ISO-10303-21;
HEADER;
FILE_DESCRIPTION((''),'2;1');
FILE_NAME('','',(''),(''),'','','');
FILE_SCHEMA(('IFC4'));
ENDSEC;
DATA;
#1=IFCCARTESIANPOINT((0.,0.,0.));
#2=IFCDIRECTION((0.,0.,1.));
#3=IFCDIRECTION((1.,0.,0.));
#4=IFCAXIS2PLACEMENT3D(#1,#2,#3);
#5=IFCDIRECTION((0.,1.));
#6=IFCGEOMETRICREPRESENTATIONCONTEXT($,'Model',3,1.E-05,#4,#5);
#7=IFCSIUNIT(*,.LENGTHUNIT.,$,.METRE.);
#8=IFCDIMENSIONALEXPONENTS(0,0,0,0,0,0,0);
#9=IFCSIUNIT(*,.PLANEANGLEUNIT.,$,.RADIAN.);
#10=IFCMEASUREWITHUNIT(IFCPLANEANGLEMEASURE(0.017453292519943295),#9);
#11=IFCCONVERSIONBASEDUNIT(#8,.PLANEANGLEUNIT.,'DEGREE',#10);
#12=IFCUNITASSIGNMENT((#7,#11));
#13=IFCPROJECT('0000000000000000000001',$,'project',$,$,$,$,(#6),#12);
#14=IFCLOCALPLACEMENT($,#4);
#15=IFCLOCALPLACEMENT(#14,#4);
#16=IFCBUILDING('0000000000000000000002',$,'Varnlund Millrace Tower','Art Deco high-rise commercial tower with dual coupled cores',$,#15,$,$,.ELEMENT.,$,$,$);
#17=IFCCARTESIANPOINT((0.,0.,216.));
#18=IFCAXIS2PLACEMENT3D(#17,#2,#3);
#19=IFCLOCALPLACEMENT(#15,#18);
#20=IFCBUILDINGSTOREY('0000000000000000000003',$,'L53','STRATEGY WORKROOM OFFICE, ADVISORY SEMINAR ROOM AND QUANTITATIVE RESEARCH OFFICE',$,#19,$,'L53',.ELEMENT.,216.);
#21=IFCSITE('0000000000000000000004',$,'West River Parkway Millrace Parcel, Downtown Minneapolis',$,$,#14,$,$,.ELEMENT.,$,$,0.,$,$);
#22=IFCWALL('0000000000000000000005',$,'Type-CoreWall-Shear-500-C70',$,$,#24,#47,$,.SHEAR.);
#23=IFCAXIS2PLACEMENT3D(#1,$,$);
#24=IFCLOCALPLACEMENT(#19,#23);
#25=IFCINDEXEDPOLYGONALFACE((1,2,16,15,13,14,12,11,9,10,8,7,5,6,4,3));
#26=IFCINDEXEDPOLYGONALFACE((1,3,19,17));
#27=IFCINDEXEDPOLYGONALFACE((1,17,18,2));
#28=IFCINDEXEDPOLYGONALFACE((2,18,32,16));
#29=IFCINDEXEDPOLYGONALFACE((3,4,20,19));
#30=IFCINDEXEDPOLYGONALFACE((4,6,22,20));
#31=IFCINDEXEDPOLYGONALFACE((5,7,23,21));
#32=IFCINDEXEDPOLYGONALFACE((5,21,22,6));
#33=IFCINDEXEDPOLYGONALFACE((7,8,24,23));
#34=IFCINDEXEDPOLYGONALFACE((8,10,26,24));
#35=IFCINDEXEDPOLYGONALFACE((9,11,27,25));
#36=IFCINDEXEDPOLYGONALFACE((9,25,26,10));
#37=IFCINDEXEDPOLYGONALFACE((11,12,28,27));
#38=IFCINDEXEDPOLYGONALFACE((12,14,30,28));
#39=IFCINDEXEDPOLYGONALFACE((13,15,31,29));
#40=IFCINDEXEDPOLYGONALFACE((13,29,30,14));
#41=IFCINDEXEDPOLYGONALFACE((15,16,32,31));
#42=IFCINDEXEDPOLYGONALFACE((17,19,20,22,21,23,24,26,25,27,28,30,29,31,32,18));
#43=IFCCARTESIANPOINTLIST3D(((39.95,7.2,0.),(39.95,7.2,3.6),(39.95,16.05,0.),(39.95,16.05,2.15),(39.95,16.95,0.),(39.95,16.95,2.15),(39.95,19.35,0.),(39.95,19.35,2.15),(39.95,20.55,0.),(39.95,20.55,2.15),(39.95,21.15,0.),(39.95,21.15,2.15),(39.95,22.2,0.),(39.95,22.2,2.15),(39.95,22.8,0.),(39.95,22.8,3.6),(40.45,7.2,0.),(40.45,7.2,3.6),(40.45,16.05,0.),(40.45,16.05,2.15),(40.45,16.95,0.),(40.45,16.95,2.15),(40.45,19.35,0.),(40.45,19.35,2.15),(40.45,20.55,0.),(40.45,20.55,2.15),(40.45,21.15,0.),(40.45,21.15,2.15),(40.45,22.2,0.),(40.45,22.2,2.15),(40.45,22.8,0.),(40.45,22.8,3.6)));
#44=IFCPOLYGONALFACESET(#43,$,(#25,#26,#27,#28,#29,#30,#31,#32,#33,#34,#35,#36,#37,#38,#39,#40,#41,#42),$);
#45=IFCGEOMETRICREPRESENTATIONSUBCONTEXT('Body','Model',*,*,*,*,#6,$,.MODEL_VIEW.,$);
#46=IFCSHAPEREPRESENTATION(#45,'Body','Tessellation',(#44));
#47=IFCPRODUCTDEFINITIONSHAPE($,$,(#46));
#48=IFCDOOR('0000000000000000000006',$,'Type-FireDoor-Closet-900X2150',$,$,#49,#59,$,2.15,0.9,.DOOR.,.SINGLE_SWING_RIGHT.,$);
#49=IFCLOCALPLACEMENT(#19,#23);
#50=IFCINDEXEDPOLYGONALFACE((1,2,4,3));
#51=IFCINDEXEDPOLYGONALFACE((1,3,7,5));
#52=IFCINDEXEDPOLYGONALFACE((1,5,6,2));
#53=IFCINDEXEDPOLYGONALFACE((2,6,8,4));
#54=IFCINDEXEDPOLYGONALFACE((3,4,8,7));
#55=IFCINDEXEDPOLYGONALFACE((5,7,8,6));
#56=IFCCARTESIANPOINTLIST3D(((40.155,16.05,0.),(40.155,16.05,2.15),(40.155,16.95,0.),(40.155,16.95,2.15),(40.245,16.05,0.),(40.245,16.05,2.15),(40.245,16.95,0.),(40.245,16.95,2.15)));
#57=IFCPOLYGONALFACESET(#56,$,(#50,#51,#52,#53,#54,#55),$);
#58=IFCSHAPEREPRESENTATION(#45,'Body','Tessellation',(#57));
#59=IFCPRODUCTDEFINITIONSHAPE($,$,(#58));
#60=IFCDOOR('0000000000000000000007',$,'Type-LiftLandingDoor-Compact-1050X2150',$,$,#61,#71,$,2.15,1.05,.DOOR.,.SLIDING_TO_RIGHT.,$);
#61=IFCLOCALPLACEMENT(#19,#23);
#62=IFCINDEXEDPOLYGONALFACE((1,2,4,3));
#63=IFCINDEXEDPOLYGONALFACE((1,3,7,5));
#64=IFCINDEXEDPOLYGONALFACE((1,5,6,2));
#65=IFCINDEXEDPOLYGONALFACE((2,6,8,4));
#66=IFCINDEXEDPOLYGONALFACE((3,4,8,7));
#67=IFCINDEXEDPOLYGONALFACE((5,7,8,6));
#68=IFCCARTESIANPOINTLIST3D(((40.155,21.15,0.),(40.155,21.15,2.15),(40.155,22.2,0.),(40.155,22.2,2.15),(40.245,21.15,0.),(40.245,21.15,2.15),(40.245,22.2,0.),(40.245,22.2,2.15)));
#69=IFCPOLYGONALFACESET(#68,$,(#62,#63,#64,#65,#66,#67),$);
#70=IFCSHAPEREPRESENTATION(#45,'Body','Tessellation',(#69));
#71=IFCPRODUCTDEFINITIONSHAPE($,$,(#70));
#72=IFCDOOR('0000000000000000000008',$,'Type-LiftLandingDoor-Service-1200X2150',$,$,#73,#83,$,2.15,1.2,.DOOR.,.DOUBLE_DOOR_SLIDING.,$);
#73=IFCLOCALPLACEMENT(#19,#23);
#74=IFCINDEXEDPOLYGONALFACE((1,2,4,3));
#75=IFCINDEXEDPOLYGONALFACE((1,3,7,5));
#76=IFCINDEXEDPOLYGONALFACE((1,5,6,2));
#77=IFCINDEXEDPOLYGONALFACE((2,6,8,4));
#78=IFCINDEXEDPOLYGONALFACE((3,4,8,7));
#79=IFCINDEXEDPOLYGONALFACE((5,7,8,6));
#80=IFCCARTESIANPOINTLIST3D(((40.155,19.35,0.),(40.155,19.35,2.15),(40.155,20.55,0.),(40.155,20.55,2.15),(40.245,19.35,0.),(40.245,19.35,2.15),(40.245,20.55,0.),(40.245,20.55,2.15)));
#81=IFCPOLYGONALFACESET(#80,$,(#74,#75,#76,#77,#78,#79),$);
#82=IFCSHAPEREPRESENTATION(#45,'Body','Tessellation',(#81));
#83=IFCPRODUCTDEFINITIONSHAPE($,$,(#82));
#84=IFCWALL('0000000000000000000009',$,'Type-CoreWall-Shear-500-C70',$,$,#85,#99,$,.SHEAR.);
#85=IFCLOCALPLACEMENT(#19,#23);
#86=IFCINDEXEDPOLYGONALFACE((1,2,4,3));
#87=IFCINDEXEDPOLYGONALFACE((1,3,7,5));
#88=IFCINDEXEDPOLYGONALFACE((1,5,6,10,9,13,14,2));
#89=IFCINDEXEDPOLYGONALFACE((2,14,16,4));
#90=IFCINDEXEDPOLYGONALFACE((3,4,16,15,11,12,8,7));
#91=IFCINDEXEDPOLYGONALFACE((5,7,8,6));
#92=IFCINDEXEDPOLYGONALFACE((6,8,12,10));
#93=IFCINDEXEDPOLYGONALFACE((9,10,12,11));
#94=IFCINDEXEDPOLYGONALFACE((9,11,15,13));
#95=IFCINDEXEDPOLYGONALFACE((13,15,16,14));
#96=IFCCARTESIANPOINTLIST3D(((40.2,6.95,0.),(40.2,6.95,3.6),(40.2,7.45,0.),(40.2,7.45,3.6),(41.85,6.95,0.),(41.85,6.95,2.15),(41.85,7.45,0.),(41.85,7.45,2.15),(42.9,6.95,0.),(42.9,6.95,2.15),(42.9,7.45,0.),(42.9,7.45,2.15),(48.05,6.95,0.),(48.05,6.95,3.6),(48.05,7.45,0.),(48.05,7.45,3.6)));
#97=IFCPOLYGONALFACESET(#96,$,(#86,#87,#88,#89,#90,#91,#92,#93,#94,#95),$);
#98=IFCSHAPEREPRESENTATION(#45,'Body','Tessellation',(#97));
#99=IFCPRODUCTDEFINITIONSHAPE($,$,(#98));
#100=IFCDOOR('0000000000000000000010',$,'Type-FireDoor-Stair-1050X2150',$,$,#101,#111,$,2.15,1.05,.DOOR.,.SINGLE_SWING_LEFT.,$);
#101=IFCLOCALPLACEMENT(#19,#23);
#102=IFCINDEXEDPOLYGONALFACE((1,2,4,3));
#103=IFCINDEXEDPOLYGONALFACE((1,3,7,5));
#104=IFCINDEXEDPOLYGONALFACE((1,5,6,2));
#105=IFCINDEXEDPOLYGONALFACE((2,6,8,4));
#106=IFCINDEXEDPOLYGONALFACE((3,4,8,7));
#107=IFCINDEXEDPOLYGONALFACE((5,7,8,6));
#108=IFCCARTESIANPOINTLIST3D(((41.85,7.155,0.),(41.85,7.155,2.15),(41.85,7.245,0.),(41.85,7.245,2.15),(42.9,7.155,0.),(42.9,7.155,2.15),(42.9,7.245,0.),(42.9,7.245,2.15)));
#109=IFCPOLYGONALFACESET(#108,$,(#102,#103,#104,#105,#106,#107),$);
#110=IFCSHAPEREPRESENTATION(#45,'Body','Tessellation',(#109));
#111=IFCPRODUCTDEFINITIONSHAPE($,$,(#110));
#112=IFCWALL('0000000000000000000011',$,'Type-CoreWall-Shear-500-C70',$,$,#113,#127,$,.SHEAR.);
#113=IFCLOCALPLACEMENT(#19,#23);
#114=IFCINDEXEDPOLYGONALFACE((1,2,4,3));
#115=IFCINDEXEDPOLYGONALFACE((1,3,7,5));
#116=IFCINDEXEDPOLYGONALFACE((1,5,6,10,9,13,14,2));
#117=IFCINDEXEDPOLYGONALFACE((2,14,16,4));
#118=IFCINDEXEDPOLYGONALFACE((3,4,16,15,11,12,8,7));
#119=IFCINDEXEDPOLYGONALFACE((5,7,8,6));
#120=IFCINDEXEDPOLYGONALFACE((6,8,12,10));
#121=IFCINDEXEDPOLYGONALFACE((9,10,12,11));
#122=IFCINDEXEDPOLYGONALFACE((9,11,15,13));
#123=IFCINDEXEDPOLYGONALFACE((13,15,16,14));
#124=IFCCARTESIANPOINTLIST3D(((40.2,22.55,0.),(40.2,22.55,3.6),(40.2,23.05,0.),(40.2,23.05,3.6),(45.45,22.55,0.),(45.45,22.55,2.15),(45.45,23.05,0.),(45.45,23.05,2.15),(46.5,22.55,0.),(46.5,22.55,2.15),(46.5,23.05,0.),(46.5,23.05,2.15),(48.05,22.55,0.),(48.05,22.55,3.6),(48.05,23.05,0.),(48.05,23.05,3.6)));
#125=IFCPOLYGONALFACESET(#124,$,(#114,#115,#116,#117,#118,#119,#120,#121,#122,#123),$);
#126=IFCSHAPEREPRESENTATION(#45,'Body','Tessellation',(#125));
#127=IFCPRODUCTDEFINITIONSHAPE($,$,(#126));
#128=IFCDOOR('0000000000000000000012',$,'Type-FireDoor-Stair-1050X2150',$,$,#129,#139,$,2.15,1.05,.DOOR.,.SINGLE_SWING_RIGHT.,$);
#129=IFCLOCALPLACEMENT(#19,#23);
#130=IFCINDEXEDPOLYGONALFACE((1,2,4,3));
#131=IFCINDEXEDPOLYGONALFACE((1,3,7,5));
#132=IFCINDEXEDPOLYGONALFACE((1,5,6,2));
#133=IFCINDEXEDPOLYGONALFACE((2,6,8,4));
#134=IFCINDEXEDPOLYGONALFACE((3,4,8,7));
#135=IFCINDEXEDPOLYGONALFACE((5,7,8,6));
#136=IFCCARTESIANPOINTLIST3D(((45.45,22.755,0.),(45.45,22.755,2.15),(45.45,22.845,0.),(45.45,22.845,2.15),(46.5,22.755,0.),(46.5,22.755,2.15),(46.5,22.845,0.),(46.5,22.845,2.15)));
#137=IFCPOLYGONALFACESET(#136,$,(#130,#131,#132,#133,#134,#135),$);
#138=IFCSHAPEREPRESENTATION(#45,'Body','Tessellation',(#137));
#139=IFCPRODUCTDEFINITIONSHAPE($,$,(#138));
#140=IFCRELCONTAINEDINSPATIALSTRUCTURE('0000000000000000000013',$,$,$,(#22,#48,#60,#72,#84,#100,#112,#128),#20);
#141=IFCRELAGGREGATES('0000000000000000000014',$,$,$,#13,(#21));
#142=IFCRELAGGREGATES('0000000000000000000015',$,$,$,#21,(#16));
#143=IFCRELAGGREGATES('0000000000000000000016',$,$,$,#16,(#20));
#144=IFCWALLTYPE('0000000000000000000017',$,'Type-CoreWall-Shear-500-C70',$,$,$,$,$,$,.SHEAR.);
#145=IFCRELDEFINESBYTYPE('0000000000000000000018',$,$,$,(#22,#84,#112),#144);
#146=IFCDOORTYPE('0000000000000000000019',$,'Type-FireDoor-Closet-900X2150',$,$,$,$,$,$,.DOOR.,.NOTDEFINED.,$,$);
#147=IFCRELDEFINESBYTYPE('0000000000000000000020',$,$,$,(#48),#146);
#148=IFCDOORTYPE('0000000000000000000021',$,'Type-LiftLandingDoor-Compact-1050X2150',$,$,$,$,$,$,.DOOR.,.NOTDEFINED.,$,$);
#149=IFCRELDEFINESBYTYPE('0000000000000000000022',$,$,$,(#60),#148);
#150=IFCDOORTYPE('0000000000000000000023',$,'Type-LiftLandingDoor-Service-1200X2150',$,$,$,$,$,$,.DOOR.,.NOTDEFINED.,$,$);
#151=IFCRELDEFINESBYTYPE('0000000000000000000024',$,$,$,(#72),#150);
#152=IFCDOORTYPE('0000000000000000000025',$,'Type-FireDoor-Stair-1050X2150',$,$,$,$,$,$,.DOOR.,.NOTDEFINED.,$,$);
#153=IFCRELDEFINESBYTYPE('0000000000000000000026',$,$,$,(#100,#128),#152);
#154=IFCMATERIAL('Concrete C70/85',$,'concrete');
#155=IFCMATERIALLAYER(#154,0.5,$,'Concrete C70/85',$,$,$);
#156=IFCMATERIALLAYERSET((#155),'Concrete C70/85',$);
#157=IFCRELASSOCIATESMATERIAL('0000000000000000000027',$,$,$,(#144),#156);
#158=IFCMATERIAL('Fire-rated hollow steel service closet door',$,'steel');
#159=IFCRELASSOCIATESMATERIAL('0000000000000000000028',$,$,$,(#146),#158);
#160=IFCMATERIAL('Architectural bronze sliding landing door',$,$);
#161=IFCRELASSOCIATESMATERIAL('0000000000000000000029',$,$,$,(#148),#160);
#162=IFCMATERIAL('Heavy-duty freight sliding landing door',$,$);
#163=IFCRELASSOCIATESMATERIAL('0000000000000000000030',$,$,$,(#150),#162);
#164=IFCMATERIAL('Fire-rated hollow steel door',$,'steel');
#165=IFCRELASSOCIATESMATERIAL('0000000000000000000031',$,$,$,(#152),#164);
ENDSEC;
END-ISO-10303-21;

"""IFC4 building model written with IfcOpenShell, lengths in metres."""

from ifc_helpers import new_model, entity, si_unit, converted_unit, direction, frame, origin_with_axes, origin_2d_with_axis, place, context, subcontext, project, spatial, polyline, rectangle, outline, extrude, material, layer, layer_set, type_object, element, fill, save


model = new_model("IFC4")

# Units and contexts
model_context = context("Model", 3, precision=1e-05, world=origin_with_axes(), true_north=direction((0.0, 1.0)))
body_context = subcontext(model_context, "Body", "Model", "MODEL_VIEW")
ifc_project = project(units=[si_unit("LENGTHUNIT", "METRE"), converted_unit("PLANEANGLEUNIT", "DEGREE", entity("IfcPlaneAngleMeasure", 0.017453292519943295), si_unit("PLANEANGLEUNIT", "RADIAN"), dimensions=[0, 0, 0, 0, 0, 0, 0])], contexts=[model_context])

# Site, building, storey
site_placement = place(None, origin_with_axes())
site = spatial("IfcSite", under=ifc_project, at=site_placement, Name="West River Parkway Millrace Parcel, Downtown Minneapolis", CompositionType="ELEMENT", RefElevation=0.0)
building_placement = place(site_placement, origin_with_axes())
building = spatial("IfcBuilding", under=site, at=building_placement, Name="Varnlund Millrace Tower", Description="Art Deco high-rise commercial tower with dual coupled cores", CompositionType="ELEMENT")
storey_placement = place(building_placement, frame((0.0, 0.0, 216.0), z_axis=(0.0, 0.0, 1.0), x_axis=(1.0, 0.0, 0.0)))
storey = spatial("IfcBuildingStorey", under=building, at=storey_placement, Name="L53", Description="STRATEGY WORKROOM OFFICE, ADVISORY SEMINAR ROOM AND QUANTITATIVE RESEARCH OFFICE", LongName="L53", CompositionType="ELEMENT", Elevation=216.0)

# Wall, openings, doors
ifc_material_1 = material(Name="Concrete C70/85", Category="concrete")
ifc_layer_1 = layer(ifc_material_1, 0.5, Name="Concrete C70/85")
ifc_layer_set_1 = layer_set([ifc_layer_1], Name="Concrete C70/85")
wall_type_1 = type_object("IfcWallType", Name="Type-CoreWall-Shear-500-C70", PredefinedType="SHEAR", material=ifc_layer_set_1)
wall_1_placement = place(storey_placement, frame((40.2, 7.2, 0.0), z_axis=(0.0, 0.0, 1.0), x_axis=(0.0, 1.0, 0.0)))
wall_1 = element("IfcWall", 1, at=wall_1_placement, inside=storey, type_object=wall_type_1, Name="Type-CoreWall-Shear-500-C70", PredefinedType="SHEAR", context=body_context, shape_type="SweptSolid", body=[
    extrude(outline(polyline([(0.0, -0.25), (15.6, -0.25), (15.6, 0.25), (0.0, 0.25), (0.0, -0.25)])), origin_with_axes(), (0.0, 0.0, 1.0), 3.6),
])
opening_1_placement = place(wall_1_placement, frame((14.475, 0.0, 0.0), z_axis=(0.0, 0.0, 1.0), x_axis=(1.0, 0.0, 0.0)))
opening_1 = element("IfcOpeningElement", 2, at=opening_1_placement, cuts=wall_1, PredefinedType="OPENING", context=body_context, shape_type="SweptSolid", body=[
    extrude(rectangle(XDim=1.05, YDim=0.52, at=origin_2d_with_axis()), origin_with_axes(), (0.0, 0.0, 1.0), 2.15),
])
opening_2_placement = place(wall_1_placement, frame((12.75, 0.0, 0.0), z_axis=(0.0, 0.0, 1.0), x_axis=(1.0, 0.0, 0.0)))
opening_2 = element("IfcOpeningElement", 3, at=opening_2_placement, cuts=wall_1, PredefinedType="OPENING", context=body_context, shape_type="SweptSolid", body=[
    extrude(rectangle(XDim=1.2, YDim=0.52, at=origin_2d_with_axis()), origin_with_axes(), (0.0, 0.0, 1.0), 2.15),
])
opening_3_placement = place(wall_1_placement, frame((9.3, 0.0, 0.0), z_axis=(0.0, 0.0, 1.0), x_axis=(1.0, 0.0, 0.0)))
opening_3 = element("IfcOpeningElement", 4, at=opening_3_placement, cuts=wall_1, PredefinedType="OPENING", context=body_context, shape_type="SweptSolid", body=[
    extrude(rectangle(XDim=0.9, YDim=0.52, at=origin_2d_with_axis()), origin_with_axes(), (0.0, 0.0, 1.0), 2.15),
])
ifc_material_2 = material(Name="Fire-rated hollow steel service closet door", Category="steel")
door_type_1 = type_object("IfcDoorType", Name="Type-FireDoor-Closet-900X2150", OperationType="NOTDEFINED", PredefinedType="DOOR", material=ifc_material_2)
door_1_placement = place(wall_1_placement, frame((9.3, 0.0, 0.0), z_axis=(0.0, 0.0, 1.0), x_axis=(1.0, 0.0, 0.0)))
door_1 = element("IfcDoor", 5, at=door_1_placement, inside=storey, type_object=door_type_1, Name="Type-FireDoor-Closet-900X2150", OperationType="SINGLE_SWING_RIGHT", OverallHeight=2.15, OverallWidth=0.9, PredefinedType="DOOR", context=body_context, shape_type="SweptSolid", body=[
    extrude(rectangle(XDim=0.9, YDim=0.09, at=origin_2d_with_axis()), origin_with_axes(), (0.0, 0.0, 1.0), 2.15),
])
fill(opening_3, door_1)
ifc_material_3 = material(Name="Architectural bronze sliding landing door")
door_type_2 = type_object("IfcDoorType", Name="Type-LiftLandingDoor-Compact-1050X2150", OperationType="NOTDEFINED", PredefinedType="DOOR", material=ifc_material_3)
door_2_placement = place(wall_1_placement, frame((14.475, 0.0, 0.0), z_axis=(0.0, 0.0, 1.0), x_axis=(1.0, 0.0, 0.0)))
door_2 = element("IfcDoor", 6, at=door_2_placement, inside=storey, type_object=door_type_2, Name="Type-LiftLandingDoor-Compact-1050X2150", OperationType="SLIDING_TO_RIGHT", OverallHeight=2.15, OverallWidth=1.05, PredefinedType="DOOR", context=body_context, shape_type="SweptSolid", body=[
    extrude(rectangle(XDim=1.05, YDim=0.09, at=origin_2d_with_axis()), origin_with_axes(), (0.0, 0.0, 1.0), 2.15),
])
fill(opening_1, door_2)
ifc_material_4 = material(Name="Heavy-duty freight sliding landing door")
door_type_3 = type_object("IfcDoorType", Name="Type-LiftLandingDoor-Service-1200X2150", OperationType="NOTDEFINED", PredefinedType="DOOR", material=ifc_material_4)
door_3_placement = place(wall_1_placement, frame((12.75, 0.0, 0.0), z_axis=(0.0, 0.0, 1.0), x_axis=(1.0, 0.0, 0.0)))
door_3 = element("IfcDoor", 7, at=door_3_placement, inside=storey, type_object=door_type_3, Name="Type-LiftLandingDoor-Service-1200X2150", OperationType="DOUBLE_DOOR_SLIDING", OverallHeight=2.15, OverallWidth=1.2, PredefinedType="DOOR", context=body_context, shape_type="SweptSolid", body=[
    extrude(rectangle(XDim=1.2, YDim=0.09, at=origin_2d_with_axis()), origin_with_axes(), (0.0, 0.0, 1.0), 2.15),
])
fill(opening_2, door_3)

# Walls, openings, doors
wall_2_placement = place(storey_placement, frame((40.2, 7.2, 0.0), z_axis=(0.0, 0.0, 1.0), x_axis=(1.0, 0.0, 0.0)))
wall_2 = element("IfcWall", 8, at=wall_2_placement, inside=storey, type_object=wall_type_1, Name="Type-CoreWall-Shear-500-C70", PredefinedType="SHEAR", context=body_context, shape_type="SweptSolid", body=[
    extrude(outline(polyline([(0.0, -0.25), (7.85, -0.25), (7.85, 0.25), (0.0, 0.25), (0.0, -0.25)])), origin_with_axes(), (0.0, 0.0, 1.0), 3.6),
])
opening_4_placement = place(wall_2_placement, frame((2.175, 0.0, 0.0), z_axis=(0.0, 0.0, 1.0), x_axis=(1.0, 0.0, 0.0)))
opening_4 = element("IfcOpeningElement", 9, at=opening_4_placement, cuts=wall_2, PredefinedType="OPENING", context=body_context, shape_type="SweptSolid", body=[
    extrude(rectangle(XDim=1.05, YDim=0.52, at=origin_2d_with_axis()), origin_with_axes(), (0.0, 0.0, 1.0), 2.15),
])
ifc_material_5 = material(Name="Fire-rated hollow steel door", Category="steel")
door_type_4 = type_object("IfcDoorType", Name="Type-FireDoor-Stair-1050X2150", OperationType="NOTDEFINED", PredefinedType="DOOR", material=ifc_material_5)
door_4_placement = place(wall_2_placement, frame((2.175, 0.0, 0.0), z_axis=(0.0, 0.0, 1.0), x_axis=(1.0, 0.0, 0.0)))
door_4 = element("IfcDoor", 10, at=door_4_placement, inside=storey, type_object=door_type_4, Name="Type-FireDoor-Stair-1050X2150", OperationType="SINGLE_SWING_LEFT", OverallHeight=2.15, OverallWidth=1.05, PredefinedType="DOOR", context=body_context, shape_type="SweptSolid", body=[
    extrude(rectangle(XDim=1.05, YDim=0.09, at=origin_2d_with_axis()), origin_with_axes(), (0.0, 0.0, 1.0), 2.15),
])
fill(opening_4, door_4)
wall_3_placement = place(storey_placement, frame((40.2, 22.8, 0.0), z_axis=(0.0, 0.0, 1.0), x_axis=(1.0, 0.0, 0.0)))
wall_3 = element("IfcWall", 11, at=wall_3_placement, inside=storey, type_object=wall_type_1, Name="Type-CoreWall-Shear-500-C70", PredefinedType="SHEAR", context=body_context, shape_type="SweptSolid", body=[
    extrude(outline(polyline([(0.0, -0.25), (7.85, -0.25), (7.85, 0.25), (0.0, 0.25), (0.0, -0.25)])), origin_with_axes(), (0.0, 0.0, 1.0), 3.6),
])
opening_5_placement = place(wall_3_placement, frame((5.775, 0.0, 0.0), z_axis=(0.0, 0.0, 1.0), x_axis=(1.0, 0.0, 0.0)))
opening_5 = element("IfcOpeningElement", 12, at=opening_5_placement, cuts=wall_3, PredefinedType="OPENING", context=body_context, shape_type="SweptSolid", body=[
    extrude(rectangle(XDim=1.05, YDim=0.52, at=origin_2d_with_axis()), origin_with_axes(), (0.0, 0.0, 1.0), 2.15),
])
door_5_placement = place(wall_3_placement, frame((5.775, 0.0, 0.0), z_axis=(0.0, 0.0, 1.0), x_axis=(1.0, 0.0, 0.0)))
door_5 = element("IfcDoor", 13, at=door_5_placement, inside=storey, type_object=door_type_4, Name="Type-FireDoor-Stair-1050X2150", OperationType="SINGLE_SWING_RIGHT", OverallHeight=2.15, OverallWidth=1.05, PredefinedType="DOOR", context=body_context, shape_type="SweptSolid", body=[
    extrude(rectangle(XDim=1.05, YDim=0.09, at=origin_2d_with_axis()), origin_with_axes(), (0.0, 0.0, 1.0), 2.15),
])
fill(opening_5, door_5)

save(model, "model.ifc")
